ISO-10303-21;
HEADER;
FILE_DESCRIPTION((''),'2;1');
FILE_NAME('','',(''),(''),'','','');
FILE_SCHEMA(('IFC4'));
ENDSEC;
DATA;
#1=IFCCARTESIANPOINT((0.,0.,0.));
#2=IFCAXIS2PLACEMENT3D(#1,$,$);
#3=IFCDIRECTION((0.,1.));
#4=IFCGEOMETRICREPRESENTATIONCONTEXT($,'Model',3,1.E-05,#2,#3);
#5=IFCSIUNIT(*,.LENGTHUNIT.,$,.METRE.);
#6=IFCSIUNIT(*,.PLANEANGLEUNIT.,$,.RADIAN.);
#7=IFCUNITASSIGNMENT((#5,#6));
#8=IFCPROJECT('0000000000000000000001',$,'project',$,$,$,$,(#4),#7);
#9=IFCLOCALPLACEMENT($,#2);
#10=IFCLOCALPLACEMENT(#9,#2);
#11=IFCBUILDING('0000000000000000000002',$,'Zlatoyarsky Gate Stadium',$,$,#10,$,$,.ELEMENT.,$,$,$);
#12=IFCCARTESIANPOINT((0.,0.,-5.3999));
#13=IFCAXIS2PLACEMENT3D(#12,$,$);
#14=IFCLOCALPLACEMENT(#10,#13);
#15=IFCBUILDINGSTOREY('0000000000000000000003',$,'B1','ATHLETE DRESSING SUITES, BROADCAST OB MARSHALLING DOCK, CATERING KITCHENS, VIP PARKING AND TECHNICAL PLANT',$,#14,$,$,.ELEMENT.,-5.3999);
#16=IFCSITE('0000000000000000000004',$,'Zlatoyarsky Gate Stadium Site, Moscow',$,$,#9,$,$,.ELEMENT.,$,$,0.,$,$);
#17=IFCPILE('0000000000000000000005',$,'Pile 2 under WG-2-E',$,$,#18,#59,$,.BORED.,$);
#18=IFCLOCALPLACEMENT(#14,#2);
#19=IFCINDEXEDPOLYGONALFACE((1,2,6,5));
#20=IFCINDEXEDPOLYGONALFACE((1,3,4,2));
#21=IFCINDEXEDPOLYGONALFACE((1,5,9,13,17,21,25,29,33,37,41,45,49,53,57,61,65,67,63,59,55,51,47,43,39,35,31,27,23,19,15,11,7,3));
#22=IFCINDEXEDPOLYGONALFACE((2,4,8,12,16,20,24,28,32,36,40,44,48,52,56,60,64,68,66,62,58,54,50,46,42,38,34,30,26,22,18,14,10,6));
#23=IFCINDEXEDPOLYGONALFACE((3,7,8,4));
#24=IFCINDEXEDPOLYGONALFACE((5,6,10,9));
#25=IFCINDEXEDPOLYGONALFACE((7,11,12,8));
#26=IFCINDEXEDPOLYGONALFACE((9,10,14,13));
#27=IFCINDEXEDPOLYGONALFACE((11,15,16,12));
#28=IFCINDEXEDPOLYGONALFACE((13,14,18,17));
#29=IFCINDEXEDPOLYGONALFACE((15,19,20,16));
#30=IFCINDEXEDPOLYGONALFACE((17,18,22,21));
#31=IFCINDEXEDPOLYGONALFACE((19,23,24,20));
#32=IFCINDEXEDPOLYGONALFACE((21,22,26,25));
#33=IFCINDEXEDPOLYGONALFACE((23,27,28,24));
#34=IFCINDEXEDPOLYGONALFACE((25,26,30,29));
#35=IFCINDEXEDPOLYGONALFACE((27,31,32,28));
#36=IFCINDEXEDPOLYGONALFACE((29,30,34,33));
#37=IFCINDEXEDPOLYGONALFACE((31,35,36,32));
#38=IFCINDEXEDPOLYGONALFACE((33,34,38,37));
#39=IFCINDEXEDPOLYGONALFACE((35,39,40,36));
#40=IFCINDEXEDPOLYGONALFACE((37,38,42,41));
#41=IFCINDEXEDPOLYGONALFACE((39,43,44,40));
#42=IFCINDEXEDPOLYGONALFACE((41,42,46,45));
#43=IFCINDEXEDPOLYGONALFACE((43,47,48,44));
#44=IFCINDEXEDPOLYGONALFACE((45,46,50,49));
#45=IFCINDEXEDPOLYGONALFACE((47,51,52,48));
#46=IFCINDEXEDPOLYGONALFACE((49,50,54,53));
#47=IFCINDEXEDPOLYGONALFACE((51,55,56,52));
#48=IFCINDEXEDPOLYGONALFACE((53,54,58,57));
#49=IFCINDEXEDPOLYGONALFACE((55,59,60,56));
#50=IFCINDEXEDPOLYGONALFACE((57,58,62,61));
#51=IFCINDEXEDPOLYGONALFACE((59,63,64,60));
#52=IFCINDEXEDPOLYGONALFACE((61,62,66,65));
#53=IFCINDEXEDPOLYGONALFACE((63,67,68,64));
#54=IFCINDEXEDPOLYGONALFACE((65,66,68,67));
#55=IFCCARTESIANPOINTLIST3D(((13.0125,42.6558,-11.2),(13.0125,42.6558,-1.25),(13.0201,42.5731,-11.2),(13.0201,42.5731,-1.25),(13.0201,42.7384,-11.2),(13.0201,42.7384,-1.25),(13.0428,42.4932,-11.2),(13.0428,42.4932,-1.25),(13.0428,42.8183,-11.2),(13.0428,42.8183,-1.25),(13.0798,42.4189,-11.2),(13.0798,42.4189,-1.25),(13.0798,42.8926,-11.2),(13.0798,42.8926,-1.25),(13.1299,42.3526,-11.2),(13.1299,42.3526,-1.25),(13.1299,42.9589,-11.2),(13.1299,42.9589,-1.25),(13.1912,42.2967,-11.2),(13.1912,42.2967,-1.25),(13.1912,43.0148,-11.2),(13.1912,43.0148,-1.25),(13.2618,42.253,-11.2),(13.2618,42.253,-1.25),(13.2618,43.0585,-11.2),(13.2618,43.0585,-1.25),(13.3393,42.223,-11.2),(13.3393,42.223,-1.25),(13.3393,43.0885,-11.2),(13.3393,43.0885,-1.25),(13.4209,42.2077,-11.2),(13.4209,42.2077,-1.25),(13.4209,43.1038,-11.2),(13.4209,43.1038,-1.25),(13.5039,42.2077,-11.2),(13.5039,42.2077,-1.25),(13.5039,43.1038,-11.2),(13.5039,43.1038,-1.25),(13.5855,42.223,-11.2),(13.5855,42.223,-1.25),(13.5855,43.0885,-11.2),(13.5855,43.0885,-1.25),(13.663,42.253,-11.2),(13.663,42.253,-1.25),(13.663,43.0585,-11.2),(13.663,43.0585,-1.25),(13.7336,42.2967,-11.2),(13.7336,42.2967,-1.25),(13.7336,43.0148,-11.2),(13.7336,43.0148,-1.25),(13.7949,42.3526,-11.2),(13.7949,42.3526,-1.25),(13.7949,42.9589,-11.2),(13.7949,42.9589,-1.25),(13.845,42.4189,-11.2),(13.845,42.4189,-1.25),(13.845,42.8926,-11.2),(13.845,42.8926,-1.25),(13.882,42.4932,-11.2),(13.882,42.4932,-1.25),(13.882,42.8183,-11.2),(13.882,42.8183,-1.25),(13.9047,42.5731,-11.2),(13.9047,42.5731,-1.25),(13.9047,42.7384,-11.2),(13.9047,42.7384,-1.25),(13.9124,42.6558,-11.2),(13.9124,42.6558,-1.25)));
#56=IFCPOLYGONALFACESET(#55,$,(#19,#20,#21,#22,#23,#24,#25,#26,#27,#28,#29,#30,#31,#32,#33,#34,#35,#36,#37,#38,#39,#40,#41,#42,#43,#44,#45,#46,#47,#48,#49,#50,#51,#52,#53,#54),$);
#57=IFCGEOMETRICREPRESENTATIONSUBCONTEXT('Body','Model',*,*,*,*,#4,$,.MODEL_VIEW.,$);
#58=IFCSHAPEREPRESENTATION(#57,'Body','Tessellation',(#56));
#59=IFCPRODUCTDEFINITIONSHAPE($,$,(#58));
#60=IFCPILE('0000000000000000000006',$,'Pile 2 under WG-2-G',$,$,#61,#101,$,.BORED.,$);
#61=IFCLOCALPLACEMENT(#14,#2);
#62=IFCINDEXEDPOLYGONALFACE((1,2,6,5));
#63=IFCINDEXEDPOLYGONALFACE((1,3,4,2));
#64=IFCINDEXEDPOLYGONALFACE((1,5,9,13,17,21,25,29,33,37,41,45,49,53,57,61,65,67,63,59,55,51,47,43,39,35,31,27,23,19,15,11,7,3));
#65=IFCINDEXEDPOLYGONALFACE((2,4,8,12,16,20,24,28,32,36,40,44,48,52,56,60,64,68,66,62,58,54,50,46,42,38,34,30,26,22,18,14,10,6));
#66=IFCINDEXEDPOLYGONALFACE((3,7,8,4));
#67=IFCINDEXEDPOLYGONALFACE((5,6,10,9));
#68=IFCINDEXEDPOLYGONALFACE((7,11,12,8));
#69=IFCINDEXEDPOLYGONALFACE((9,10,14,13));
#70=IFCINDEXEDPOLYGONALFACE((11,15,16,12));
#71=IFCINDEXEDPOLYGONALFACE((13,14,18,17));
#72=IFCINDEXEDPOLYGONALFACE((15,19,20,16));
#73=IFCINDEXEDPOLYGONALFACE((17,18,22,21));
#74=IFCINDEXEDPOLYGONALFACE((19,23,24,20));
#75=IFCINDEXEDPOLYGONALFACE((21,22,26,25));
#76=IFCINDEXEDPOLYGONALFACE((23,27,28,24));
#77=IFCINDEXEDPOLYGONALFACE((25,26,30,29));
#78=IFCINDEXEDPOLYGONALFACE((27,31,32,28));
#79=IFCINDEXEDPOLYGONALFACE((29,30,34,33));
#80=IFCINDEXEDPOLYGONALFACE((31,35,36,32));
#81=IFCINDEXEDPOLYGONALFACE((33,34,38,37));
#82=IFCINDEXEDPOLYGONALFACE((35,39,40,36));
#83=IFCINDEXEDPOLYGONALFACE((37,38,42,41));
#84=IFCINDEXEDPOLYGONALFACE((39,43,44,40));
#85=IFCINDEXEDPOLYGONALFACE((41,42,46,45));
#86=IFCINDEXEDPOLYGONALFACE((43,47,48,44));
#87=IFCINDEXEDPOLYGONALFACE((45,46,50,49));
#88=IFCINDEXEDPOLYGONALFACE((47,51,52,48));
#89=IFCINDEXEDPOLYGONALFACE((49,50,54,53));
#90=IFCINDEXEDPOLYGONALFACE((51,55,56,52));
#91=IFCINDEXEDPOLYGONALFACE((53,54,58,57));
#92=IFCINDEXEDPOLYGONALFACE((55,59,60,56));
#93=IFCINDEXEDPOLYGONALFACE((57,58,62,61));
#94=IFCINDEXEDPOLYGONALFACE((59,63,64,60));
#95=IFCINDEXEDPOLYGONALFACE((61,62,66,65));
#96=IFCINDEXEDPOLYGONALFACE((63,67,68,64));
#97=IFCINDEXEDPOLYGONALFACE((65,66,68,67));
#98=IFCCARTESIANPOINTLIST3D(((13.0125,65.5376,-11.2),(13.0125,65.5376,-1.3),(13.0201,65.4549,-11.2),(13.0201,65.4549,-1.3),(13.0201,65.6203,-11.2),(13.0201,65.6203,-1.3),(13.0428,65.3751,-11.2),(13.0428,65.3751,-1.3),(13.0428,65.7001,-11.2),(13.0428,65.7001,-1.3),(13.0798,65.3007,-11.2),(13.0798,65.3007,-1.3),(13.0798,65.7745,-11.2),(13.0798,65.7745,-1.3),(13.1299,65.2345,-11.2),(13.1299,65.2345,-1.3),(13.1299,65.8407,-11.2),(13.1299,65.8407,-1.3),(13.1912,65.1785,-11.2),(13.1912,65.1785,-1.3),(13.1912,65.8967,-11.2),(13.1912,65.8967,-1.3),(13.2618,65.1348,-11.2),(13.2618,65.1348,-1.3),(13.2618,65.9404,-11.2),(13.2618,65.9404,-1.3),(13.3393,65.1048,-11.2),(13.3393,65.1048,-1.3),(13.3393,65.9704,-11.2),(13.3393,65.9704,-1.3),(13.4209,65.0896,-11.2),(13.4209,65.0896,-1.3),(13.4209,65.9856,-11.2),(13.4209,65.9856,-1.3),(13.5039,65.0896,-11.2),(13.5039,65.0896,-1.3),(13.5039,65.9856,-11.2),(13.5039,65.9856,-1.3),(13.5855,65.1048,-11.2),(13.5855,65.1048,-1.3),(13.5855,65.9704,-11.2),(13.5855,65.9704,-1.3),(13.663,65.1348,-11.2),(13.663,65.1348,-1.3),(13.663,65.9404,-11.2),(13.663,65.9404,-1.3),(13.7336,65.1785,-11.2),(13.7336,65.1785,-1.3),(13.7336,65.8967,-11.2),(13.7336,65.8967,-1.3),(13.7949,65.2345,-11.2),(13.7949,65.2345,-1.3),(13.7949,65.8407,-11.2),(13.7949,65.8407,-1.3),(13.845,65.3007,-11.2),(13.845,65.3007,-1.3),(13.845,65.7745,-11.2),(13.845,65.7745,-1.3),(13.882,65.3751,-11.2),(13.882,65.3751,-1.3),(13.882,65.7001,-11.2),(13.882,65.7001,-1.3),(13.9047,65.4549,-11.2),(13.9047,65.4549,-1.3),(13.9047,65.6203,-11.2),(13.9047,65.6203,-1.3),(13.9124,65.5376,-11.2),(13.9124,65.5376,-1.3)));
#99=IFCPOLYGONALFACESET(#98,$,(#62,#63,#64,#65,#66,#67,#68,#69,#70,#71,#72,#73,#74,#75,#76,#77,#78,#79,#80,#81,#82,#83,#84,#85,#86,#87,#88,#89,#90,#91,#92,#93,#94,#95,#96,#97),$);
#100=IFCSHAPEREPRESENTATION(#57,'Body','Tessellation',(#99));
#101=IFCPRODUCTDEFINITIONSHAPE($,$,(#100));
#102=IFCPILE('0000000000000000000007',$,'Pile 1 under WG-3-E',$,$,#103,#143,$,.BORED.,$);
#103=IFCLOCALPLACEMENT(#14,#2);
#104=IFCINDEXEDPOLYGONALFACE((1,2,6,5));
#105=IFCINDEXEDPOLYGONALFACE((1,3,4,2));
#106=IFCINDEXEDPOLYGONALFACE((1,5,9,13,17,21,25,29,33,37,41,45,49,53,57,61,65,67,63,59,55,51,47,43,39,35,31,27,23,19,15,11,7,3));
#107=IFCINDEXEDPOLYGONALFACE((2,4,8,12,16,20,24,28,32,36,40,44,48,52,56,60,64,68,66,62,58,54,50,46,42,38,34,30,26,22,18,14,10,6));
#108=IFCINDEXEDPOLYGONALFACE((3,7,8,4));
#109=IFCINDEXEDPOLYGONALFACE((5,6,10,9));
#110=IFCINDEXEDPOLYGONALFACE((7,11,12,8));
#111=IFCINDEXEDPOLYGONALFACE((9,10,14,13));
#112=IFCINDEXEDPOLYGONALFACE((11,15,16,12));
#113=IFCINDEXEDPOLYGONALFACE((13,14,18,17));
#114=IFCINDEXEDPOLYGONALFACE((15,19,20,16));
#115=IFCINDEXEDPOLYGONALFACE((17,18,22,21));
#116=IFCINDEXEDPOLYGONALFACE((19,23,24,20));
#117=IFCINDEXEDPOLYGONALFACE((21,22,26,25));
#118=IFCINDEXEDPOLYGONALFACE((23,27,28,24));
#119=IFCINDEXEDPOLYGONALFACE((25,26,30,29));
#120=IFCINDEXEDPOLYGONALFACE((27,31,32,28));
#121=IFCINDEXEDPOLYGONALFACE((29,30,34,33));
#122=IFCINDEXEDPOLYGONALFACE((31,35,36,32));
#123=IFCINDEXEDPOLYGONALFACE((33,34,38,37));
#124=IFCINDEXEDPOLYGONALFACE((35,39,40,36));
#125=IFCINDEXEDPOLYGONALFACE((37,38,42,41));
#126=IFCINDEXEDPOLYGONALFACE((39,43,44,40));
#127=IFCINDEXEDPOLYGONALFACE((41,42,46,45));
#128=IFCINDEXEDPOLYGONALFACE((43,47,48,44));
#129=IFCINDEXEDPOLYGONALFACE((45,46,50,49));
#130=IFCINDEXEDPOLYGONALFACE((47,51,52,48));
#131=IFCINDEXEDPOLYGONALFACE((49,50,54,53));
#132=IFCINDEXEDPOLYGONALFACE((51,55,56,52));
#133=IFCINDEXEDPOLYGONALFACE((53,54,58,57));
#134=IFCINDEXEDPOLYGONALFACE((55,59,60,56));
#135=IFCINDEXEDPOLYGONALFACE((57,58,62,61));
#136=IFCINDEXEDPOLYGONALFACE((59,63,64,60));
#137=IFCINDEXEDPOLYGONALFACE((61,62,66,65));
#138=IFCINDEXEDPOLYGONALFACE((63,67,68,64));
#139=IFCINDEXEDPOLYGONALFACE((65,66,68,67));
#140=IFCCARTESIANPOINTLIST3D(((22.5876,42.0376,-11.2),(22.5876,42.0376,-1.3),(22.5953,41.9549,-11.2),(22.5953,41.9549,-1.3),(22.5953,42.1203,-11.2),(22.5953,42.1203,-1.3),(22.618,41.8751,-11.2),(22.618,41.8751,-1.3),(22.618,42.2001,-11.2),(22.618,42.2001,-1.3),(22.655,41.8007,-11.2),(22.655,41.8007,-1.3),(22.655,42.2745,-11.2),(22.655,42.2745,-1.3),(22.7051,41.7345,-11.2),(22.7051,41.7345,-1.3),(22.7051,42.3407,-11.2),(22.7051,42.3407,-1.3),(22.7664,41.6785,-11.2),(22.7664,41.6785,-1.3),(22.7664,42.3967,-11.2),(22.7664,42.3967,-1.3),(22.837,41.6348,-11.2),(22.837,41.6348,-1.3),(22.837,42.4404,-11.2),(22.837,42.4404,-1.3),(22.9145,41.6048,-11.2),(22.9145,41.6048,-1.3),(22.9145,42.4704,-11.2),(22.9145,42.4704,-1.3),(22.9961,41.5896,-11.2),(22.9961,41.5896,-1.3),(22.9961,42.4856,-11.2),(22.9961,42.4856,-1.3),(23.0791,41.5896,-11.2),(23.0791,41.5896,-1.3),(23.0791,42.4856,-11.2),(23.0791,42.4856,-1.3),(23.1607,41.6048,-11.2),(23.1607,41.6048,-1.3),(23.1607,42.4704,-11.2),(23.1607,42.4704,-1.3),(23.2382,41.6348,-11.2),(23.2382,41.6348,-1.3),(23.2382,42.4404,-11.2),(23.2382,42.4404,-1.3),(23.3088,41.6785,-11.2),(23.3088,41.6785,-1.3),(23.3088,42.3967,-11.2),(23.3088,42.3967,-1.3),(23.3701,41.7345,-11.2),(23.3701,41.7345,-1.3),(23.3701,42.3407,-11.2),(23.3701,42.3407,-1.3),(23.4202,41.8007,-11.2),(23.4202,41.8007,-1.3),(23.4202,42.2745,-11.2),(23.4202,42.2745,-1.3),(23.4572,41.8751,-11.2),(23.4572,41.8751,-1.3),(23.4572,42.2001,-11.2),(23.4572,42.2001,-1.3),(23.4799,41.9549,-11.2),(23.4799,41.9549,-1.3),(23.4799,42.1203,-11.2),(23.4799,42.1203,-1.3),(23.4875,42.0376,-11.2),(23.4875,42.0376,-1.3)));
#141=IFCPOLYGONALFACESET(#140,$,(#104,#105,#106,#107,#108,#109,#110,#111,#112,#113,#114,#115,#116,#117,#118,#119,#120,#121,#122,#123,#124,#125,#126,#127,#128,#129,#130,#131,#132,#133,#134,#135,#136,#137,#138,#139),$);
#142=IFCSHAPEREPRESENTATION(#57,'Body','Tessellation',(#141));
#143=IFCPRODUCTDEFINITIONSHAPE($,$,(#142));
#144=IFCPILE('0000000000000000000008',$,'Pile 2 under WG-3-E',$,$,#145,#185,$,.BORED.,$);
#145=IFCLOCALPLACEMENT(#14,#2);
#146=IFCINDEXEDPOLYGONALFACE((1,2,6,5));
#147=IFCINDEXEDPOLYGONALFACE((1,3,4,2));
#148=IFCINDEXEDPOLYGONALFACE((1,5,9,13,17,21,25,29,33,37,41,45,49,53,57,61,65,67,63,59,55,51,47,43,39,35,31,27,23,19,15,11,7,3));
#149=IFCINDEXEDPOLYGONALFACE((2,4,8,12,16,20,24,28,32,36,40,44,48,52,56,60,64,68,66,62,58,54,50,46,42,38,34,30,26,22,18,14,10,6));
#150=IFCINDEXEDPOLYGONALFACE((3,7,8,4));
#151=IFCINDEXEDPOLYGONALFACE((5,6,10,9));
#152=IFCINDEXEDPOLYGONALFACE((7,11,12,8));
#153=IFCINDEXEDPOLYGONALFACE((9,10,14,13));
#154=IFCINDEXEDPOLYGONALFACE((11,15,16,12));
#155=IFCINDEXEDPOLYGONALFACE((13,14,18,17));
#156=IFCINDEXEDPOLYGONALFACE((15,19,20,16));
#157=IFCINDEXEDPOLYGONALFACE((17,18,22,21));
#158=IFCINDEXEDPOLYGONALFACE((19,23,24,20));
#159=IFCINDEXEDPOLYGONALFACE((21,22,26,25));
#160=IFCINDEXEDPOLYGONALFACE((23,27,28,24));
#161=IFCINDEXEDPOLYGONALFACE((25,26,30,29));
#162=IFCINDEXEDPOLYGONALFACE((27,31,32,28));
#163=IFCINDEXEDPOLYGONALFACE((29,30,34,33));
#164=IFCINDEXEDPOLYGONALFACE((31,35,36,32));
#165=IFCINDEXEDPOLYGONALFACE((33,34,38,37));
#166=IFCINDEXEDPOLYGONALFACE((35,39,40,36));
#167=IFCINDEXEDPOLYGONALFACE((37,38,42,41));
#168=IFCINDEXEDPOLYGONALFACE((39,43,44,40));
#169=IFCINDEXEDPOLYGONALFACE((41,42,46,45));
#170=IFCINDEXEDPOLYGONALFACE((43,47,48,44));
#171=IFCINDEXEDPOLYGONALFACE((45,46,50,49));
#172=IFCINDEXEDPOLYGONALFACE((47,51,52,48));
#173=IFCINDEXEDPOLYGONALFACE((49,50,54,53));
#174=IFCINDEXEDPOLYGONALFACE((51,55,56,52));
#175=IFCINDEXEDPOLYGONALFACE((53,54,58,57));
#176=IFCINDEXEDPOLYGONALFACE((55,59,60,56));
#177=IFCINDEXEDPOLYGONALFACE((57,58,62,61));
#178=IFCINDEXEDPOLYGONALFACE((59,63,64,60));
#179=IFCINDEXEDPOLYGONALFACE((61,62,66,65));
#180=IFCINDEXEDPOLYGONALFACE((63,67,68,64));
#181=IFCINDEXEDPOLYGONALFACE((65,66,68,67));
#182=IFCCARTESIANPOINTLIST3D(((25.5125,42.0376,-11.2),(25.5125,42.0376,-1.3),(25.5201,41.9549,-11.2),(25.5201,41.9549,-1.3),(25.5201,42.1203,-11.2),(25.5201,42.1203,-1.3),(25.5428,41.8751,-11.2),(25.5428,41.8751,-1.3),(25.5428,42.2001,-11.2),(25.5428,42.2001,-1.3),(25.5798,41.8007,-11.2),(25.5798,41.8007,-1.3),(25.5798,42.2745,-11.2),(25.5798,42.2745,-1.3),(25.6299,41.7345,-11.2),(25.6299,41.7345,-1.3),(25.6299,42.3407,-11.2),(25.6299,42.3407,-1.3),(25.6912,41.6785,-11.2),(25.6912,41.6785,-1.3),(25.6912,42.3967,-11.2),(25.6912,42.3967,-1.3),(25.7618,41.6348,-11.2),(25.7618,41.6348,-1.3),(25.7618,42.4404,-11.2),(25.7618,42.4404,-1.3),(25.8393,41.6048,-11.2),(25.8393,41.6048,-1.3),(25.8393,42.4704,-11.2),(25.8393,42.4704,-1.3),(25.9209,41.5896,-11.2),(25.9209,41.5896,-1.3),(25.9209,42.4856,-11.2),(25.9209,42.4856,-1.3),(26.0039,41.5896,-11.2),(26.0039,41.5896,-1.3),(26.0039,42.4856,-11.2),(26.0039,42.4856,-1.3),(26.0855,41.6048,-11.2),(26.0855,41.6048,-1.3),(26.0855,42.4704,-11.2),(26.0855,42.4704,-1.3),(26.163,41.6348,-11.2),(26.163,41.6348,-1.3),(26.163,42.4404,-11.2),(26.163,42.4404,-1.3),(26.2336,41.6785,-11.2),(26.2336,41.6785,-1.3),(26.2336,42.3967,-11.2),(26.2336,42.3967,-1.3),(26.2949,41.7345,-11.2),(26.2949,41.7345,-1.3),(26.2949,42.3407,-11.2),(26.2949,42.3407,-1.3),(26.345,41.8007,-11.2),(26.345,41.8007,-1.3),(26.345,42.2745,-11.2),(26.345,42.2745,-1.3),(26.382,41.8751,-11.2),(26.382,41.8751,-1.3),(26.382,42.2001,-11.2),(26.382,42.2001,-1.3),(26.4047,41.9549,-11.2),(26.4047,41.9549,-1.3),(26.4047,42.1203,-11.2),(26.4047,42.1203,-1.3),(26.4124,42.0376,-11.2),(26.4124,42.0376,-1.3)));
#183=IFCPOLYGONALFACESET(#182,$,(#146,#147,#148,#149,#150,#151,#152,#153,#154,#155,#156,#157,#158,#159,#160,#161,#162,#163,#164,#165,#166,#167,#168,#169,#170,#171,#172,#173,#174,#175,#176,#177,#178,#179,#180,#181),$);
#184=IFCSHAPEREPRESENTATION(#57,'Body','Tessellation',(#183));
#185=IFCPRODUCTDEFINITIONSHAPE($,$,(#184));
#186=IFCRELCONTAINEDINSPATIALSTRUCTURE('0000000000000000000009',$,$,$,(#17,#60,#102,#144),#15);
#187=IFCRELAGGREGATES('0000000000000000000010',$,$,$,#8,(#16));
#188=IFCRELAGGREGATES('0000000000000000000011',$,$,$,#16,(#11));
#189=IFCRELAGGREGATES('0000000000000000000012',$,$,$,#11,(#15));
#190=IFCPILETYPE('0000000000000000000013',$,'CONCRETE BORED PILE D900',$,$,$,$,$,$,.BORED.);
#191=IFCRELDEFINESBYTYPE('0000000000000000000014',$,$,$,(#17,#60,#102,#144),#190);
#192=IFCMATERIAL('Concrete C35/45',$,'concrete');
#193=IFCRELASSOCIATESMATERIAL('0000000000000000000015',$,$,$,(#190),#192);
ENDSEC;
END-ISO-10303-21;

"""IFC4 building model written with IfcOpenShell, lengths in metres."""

from ifc_helpers import new_model, si_unit, direction, frame, origin, origin_2d, place, context, subcontext, project, spatial, circle, extrude, material, material_profile, profile_set, type_object, element, save


model = new_model("IFC4")

# Units and contexts
model_context = context("Model", 3, precision=1e-05, world=origin(), true_north=direction((0.0, 1.0)))
body_context = subcontext(model_context, "Body", "Model", "MODEL_VIEW")
ifc_project = project(units=[si_unit("LENGTHUNIT", "METRE"), si_unit("PLANEANGLEUNIT", "RADIAN")], contexts=[model_context])

# Site, building, storey
site_placement = place(None, origin())
site = spatial("IfcSite", under=ifc_project, at=site_placement, Name="Zlatoyarsky Gate Stadium Site, Moscow", CompositionType="ELEMENT", RefElevation=0.0)
building_placement = place(site_placement, origin())
building = spatial("IfcBuilding", under=site, at=building_placement, Name="Zlatoyarsky Gate Stadium", CompositionType="ELEMENT")
storey_placement = place(building_placement, frame((0.0, 0.0, -5.3999)))
storey = spatial("IfcBuildingStorey", under=building, at=storey_placement, Name="B1", Description="ATHLETE DRESSING SUITES, BROADCAST OB MARSHALLING DOCK, CATERING KITCHENS, VIP PARKING AND TECHNICAL PLANT", CompositionType="ELEMENT", Elevation=-5.3999)

# Piles
ifc_material_1 = material(Name="Concrete C35/45", Category="concrete")
ifc_material_profile_1 = material_profile(ifc_material_1, circle(Radius=0.45, at=origin_2d()), Name="BORED PILE D900")
ifc_profile_set_1 = profile_set([ifc_material_profile_1], Name="Concrete C35/45")
pile_type_1 = type_object("IfcPileType", Name="CONCRETE BORED PILE D900", PredefinedType="BORED", material=ifc_profile_set_1)
pile_placement = place(storey_placement, frame((13.4624, 42.6558, -1.25), z_axis=(0.0, 0.0, -1.0), x_axis=(1.0, 0.0, 0.0)))
element("IfcPile", 1, at=pile_placement, inside=storey, type_object=pile_type_1, Name="Pile 2 under WG-2-E", PredefinedType="BORED", context=body_context, shape_type="SweptSolid", body=[
    extrude(circle(Radius=0.45, at=origin_2d()), origin(), (0.0, 0.0, 1.0), 9.95),
])
for number, where, z_axis, x_axis, name in (
    (2, (13.4624, 65.5376, -1.3), (0.0, 0.0, -1.0), (1.0, 0.0, 0.0), "Pile 2 under WG-2-G"),
    (3, (23.0376, 42.0376, -1.3), (0.0, 0.0, -1.0), (1.0, 0.0, 0.0), "Pile 1 under WG-3-E"),
    (4, (25.9624, 42.0376, -1.3), (0.0, 0.0, -1.0), (1.0, 0.0, 0.0), "Pile 2 under WG-3-E"),
):
    element("IfcPile", number, at=place(storey_placement, frame(where, z_axis=z_axis, x_axis=x_axis)), inside=storey, type_object=pile_type_1, Name=name, PredefinedType="BORED", context=body_context, shape_type="SweptSolid", body=[
        extrude(circle(Radius=0.45, at=origin_2d()), origin(), (0.0, 0.0, 1.0), 9.8999),
    ])

save(model, "model.ifc")
